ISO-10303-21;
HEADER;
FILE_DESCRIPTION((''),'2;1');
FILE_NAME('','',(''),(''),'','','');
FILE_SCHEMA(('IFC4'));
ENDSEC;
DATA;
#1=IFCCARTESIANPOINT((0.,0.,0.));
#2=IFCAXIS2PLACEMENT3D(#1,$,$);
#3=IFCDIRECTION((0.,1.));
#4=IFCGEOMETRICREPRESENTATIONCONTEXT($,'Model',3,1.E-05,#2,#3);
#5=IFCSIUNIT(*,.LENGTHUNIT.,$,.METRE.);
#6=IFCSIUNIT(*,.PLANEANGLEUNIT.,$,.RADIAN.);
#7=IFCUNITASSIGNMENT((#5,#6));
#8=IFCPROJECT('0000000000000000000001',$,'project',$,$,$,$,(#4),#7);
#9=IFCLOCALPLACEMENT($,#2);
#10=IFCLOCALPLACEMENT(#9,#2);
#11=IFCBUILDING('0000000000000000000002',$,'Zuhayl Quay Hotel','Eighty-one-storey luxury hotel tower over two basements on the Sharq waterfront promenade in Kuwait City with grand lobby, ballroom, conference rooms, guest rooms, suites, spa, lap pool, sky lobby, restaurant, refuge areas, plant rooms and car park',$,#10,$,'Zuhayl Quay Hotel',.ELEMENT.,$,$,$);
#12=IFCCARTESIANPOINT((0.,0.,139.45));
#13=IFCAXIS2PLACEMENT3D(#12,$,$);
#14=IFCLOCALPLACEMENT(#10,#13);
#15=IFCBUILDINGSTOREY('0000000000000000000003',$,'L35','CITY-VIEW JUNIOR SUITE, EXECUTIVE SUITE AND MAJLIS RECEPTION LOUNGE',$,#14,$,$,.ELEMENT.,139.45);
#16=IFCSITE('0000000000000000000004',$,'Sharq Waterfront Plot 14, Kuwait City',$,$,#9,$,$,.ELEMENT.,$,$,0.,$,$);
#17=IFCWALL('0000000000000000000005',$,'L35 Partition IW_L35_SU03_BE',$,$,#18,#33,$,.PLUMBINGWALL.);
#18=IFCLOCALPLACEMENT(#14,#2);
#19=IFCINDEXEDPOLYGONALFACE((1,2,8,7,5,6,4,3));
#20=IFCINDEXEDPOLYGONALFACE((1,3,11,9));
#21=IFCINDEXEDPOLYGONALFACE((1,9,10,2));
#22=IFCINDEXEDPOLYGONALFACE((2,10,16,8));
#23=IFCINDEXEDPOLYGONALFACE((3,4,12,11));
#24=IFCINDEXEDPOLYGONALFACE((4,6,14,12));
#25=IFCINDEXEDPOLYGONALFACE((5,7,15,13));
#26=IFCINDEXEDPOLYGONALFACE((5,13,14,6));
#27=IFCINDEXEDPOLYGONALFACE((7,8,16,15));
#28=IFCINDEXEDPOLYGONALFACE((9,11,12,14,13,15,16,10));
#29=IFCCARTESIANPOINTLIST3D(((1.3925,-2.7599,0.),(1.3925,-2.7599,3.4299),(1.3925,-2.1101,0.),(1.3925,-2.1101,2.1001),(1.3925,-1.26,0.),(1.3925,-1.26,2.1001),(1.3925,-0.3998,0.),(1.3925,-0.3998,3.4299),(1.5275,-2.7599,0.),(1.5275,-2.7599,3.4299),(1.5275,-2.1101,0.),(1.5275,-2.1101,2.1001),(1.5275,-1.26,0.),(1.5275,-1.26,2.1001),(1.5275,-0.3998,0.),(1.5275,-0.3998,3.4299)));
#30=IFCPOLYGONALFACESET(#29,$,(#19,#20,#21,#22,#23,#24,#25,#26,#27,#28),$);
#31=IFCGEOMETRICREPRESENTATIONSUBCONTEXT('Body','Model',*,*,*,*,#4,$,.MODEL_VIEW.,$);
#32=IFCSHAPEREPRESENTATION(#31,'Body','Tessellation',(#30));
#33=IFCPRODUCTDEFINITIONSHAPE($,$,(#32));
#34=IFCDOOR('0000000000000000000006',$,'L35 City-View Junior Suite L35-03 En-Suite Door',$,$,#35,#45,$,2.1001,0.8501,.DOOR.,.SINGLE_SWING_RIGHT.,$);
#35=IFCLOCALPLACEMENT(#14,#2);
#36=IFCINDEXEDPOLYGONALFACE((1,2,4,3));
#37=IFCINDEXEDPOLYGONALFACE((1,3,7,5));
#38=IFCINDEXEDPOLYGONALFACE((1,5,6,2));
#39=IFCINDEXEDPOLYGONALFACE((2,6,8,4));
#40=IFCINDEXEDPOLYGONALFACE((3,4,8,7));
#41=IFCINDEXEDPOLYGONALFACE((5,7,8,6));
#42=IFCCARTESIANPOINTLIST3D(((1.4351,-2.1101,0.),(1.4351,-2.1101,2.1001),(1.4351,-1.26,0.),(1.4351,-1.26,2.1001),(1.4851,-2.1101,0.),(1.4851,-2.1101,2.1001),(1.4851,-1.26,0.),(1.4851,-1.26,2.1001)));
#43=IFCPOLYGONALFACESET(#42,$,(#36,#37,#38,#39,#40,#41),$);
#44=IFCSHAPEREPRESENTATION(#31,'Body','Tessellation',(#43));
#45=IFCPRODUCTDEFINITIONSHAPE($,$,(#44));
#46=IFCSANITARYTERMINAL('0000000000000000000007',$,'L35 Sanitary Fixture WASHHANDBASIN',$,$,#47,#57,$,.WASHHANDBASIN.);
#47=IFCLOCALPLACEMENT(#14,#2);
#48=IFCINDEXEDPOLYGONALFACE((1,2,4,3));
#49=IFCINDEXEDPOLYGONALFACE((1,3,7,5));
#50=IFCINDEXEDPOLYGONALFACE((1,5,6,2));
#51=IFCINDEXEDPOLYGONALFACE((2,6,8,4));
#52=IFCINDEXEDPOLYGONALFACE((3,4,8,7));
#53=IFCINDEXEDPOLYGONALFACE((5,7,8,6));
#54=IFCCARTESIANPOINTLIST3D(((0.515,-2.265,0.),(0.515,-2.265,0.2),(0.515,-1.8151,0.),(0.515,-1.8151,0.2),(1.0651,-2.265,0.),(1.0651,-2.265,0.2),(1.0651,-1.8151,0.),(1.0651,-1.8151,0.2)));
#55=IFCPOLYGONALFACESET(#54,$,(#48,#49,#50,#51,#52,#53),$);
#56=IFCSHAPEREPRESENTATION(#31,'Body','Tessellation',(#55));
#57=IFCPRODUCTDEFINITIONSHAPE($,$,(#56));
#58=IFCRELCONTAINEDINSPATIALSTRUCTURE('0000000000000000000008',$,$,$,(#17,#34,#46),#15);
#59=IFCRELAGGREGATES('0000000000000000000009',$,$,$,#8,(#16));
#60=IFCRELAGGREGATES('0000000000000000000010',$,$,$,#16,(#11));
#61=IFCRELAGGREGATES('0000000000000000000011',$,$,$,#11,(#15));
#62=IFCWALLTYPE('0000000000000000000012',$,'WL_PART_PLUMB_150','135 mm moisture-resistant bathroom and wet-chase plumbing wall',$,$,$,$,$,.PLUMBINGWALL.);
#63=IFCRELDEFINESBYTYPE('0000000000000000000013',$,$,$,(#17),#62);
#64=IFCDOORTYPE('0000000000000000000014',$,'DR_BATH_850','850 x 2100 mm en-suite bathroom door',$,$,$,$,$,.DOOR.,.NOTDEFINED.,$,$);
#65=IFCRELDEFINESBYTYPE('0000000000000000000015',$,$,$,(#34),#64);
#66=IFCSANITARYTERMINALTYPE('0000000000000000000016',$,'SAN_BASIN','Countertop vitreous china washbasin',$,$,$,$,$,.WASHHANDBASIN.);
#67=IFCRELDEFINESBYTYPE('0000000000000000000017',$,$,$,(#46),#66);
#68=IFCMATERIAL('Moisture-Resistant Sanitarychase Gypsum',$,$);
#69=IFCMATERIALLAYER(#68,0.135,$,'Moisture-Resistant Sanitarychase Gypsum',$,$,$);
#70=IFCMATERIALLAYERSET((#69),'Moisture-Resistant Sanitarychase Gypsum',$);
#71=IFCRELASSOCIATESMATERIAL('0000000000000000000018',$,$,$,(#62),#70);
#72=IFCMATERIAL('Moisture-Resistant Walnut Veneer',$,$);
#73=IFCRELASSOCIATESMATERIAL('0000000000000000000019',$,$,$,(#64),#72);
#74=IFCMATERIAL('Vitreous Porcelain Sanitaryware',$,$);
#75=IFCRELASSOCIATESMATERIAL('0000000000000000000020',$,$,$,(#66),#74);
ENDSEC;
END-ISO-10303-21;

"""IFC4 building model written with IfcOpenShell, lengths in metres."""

from ifc_helpers import new_model, si_unit, direction, frame, frame_2d, origin, origin_2d, place, context, subcontext, project, spatial, rectangle, extrude, material, layer, layer_set, type_object, element, fill, save


model = new_model("IFC4")

# Units and contexts
model_context = context("Model", 3, precision=1e-05, world=origin(), true_north=direction((0.0, 1.0)))
body_context = subcontext(model_context, "Body", "Model", "MODEL_VIEW")
ifc_project = project(units=[si_unit("LENGTHUNIT", "METRE"), si_unit("PLANEANGLEUNIT", "RADIAN")], contexts=[model_context])

# Site, building, storey
site_placement = place(None, origin())
site = spatial("IfcSite", under=ifc_project, at=site_placement, Name="Sharq Waterfront Plot 14, Kuwait City", CompositionType="ELEMENT", RefElevation=0.0)
building_placement = place(site_placement, origin())
building = spatial("IfcBuilding", under=site, at=building_placement, Name="Zuhayl Quay Hotel", Description="Eighty-one-storey luxury hotel tower over two basements on the Sharq waterfront promenade in Kuwait City with grand lobby, ballroom, conference rooms, guest rooms, suites, spa, lap pool, sky lobby, restaurant, refuge areas, plant rooms and car park", LongName="Zuhayl Quay Hotel", CompositionType="ELEMENT")
storey_placement = place(building_placement, frame((0.0, 0.0, 139.45)))
storey = spatial("IfcBuildingStorey", under=building, at=storey_placement, Name="L35", Description="CITY-VIEW JUNIOR SUITE, EXECUTIVE SUITE AND MAJLIS RECEPTION LOUNGE", CompositionType="ELEMENT", Elevation=139.45)

# Wall, opening, door
ifc_material_1 = material(Name="Moisture-Resistant Sanitarychase Gypsum")
ifc_layer_1 = layer(ifc_material_1, 0.135, Name="Moisture-Resistant Sanitarychase Gypsum")
ifc_layer_set_1 = layer_set([ifc_layer_1], Name="Moisture-Resistant Sanitarychase Gypsum")
wall_type_1 = type_object("IfcWallType", Name="WL_PART_PLUMB_150", Description="135 mm moisture-resistant bathroom and wet-chase plumbing wall", PredefinedType="PLUMBINGWALL", material=ifc_layer_set_1)
wall_1_placement = place(storey_placement, frame((1.46, -2.76, 0.0), z_axis=(0.0, 0.0, 1.0), x_axis=(0.0, 1.0, 0.0)))
wall_1 = element("IfcWall", 1, at=wall_1_placement, inside=storey, type_object=wall_type_1, Name="L35 Partition IW_L35_SU03_BE", PredefinedType="PLUMBINGWALL", context=body_context, shape_type="SweptSolid", body=[
    extrude(rectangle(XDim=2.3601, YDim=0.135, at=frame_2d((1.1802, 0.0))), origin(), (0.0, 0.0, 1.0), 3.4299),
])
opening_placement = place(wall_1_placement, frame((0.6499, 0.0, 0.0)))
opening = element("IfcOpeningElement", 2, at=opening_placement, cuts=wall_1, PredefinedType="OPENING", context=body_context, shape_type="SweptSolid", body=[
    extrude(rectangle(XDim=0.8501, YDim=2.1001, at=frame_2d((0.425, 1.05))), frame((0.0, 0.0774, 0.0), z_axis=(0.0, -1.0, 0.0), x_axis=(1.0, 0.0, 0.0)), (0.0, 0.0, 1.0), 0.155),
])
ifc_material_2 = material(Name="Moisture-Resistant Walnut Veneer")
door_type = type_object("IfcDoorType", Name="DR_BATH_850", Description="850 x 2100 mm en-suite bathroom door", OperationType="NOTDEFINED", PredefinedType="DOOR", material=ifc_material_2)
door_placement = place(opening_placement, origin())
door = element("IfcDoor", 3, at=door_placement, inside=storey, type_object=door_type, Name="L35 City-View Junior Suite L35-03 En-Suite Door", OperationType="SINGLE_SWING_RIGHT", OverallHeight=2.1001, OverallWidth=0.8501, PredefinedType="DOOR", context=body_context, shape_type="SweptSolid", body=[
    extrude(rectangle(XDim=0.8501, YDim=2.1001, at=frame_2d((0.425, 1.05))), frame((0.0, 0.0249, 0.0), z_axis=(0.0, -1.0, 0.0), x_axis=(1.0, 0.0, 0.0)), (0.0, 0.0, 1.0), 0.05),
])
fill(opening, door)

# Sanitary terminal
ifc_material_3 = material(Name="Vitreous Porcelain Sanitaryware")
sanitary_terminal_type = type_object("IfcSanitaryTerminalType", Name="SAN_BASIN", Description="Countertop vitreous china washbasin", PredefinedType="WASHHANDBASIN", material=ifc_material_3)
sanitary_terminal_placement = place(storey_placement, frame((0.79, -2.04, 0.0), z_axis=(0.0, 0.0, 1.0), x_axis=(1.0, 0.0, 0.0)))
element("IfcSanitaryTerminal", 4, at=sanitary_terminal_placement, inside=storey, type_object=sanitary_terminal_type, Name="L35 Sanitary Fixture WASHHANDBASIN", PredefinedType="WASHHANDBASIN", context=body_context, shape_type="SweptSolid", body=[
    extrude(rectangle(XDim=0.55, YDim=0.45, at=origin_2d()), origin(), (0.0, 0.0, 1.0), 0.2),
])

save(model, "model.ifc")
